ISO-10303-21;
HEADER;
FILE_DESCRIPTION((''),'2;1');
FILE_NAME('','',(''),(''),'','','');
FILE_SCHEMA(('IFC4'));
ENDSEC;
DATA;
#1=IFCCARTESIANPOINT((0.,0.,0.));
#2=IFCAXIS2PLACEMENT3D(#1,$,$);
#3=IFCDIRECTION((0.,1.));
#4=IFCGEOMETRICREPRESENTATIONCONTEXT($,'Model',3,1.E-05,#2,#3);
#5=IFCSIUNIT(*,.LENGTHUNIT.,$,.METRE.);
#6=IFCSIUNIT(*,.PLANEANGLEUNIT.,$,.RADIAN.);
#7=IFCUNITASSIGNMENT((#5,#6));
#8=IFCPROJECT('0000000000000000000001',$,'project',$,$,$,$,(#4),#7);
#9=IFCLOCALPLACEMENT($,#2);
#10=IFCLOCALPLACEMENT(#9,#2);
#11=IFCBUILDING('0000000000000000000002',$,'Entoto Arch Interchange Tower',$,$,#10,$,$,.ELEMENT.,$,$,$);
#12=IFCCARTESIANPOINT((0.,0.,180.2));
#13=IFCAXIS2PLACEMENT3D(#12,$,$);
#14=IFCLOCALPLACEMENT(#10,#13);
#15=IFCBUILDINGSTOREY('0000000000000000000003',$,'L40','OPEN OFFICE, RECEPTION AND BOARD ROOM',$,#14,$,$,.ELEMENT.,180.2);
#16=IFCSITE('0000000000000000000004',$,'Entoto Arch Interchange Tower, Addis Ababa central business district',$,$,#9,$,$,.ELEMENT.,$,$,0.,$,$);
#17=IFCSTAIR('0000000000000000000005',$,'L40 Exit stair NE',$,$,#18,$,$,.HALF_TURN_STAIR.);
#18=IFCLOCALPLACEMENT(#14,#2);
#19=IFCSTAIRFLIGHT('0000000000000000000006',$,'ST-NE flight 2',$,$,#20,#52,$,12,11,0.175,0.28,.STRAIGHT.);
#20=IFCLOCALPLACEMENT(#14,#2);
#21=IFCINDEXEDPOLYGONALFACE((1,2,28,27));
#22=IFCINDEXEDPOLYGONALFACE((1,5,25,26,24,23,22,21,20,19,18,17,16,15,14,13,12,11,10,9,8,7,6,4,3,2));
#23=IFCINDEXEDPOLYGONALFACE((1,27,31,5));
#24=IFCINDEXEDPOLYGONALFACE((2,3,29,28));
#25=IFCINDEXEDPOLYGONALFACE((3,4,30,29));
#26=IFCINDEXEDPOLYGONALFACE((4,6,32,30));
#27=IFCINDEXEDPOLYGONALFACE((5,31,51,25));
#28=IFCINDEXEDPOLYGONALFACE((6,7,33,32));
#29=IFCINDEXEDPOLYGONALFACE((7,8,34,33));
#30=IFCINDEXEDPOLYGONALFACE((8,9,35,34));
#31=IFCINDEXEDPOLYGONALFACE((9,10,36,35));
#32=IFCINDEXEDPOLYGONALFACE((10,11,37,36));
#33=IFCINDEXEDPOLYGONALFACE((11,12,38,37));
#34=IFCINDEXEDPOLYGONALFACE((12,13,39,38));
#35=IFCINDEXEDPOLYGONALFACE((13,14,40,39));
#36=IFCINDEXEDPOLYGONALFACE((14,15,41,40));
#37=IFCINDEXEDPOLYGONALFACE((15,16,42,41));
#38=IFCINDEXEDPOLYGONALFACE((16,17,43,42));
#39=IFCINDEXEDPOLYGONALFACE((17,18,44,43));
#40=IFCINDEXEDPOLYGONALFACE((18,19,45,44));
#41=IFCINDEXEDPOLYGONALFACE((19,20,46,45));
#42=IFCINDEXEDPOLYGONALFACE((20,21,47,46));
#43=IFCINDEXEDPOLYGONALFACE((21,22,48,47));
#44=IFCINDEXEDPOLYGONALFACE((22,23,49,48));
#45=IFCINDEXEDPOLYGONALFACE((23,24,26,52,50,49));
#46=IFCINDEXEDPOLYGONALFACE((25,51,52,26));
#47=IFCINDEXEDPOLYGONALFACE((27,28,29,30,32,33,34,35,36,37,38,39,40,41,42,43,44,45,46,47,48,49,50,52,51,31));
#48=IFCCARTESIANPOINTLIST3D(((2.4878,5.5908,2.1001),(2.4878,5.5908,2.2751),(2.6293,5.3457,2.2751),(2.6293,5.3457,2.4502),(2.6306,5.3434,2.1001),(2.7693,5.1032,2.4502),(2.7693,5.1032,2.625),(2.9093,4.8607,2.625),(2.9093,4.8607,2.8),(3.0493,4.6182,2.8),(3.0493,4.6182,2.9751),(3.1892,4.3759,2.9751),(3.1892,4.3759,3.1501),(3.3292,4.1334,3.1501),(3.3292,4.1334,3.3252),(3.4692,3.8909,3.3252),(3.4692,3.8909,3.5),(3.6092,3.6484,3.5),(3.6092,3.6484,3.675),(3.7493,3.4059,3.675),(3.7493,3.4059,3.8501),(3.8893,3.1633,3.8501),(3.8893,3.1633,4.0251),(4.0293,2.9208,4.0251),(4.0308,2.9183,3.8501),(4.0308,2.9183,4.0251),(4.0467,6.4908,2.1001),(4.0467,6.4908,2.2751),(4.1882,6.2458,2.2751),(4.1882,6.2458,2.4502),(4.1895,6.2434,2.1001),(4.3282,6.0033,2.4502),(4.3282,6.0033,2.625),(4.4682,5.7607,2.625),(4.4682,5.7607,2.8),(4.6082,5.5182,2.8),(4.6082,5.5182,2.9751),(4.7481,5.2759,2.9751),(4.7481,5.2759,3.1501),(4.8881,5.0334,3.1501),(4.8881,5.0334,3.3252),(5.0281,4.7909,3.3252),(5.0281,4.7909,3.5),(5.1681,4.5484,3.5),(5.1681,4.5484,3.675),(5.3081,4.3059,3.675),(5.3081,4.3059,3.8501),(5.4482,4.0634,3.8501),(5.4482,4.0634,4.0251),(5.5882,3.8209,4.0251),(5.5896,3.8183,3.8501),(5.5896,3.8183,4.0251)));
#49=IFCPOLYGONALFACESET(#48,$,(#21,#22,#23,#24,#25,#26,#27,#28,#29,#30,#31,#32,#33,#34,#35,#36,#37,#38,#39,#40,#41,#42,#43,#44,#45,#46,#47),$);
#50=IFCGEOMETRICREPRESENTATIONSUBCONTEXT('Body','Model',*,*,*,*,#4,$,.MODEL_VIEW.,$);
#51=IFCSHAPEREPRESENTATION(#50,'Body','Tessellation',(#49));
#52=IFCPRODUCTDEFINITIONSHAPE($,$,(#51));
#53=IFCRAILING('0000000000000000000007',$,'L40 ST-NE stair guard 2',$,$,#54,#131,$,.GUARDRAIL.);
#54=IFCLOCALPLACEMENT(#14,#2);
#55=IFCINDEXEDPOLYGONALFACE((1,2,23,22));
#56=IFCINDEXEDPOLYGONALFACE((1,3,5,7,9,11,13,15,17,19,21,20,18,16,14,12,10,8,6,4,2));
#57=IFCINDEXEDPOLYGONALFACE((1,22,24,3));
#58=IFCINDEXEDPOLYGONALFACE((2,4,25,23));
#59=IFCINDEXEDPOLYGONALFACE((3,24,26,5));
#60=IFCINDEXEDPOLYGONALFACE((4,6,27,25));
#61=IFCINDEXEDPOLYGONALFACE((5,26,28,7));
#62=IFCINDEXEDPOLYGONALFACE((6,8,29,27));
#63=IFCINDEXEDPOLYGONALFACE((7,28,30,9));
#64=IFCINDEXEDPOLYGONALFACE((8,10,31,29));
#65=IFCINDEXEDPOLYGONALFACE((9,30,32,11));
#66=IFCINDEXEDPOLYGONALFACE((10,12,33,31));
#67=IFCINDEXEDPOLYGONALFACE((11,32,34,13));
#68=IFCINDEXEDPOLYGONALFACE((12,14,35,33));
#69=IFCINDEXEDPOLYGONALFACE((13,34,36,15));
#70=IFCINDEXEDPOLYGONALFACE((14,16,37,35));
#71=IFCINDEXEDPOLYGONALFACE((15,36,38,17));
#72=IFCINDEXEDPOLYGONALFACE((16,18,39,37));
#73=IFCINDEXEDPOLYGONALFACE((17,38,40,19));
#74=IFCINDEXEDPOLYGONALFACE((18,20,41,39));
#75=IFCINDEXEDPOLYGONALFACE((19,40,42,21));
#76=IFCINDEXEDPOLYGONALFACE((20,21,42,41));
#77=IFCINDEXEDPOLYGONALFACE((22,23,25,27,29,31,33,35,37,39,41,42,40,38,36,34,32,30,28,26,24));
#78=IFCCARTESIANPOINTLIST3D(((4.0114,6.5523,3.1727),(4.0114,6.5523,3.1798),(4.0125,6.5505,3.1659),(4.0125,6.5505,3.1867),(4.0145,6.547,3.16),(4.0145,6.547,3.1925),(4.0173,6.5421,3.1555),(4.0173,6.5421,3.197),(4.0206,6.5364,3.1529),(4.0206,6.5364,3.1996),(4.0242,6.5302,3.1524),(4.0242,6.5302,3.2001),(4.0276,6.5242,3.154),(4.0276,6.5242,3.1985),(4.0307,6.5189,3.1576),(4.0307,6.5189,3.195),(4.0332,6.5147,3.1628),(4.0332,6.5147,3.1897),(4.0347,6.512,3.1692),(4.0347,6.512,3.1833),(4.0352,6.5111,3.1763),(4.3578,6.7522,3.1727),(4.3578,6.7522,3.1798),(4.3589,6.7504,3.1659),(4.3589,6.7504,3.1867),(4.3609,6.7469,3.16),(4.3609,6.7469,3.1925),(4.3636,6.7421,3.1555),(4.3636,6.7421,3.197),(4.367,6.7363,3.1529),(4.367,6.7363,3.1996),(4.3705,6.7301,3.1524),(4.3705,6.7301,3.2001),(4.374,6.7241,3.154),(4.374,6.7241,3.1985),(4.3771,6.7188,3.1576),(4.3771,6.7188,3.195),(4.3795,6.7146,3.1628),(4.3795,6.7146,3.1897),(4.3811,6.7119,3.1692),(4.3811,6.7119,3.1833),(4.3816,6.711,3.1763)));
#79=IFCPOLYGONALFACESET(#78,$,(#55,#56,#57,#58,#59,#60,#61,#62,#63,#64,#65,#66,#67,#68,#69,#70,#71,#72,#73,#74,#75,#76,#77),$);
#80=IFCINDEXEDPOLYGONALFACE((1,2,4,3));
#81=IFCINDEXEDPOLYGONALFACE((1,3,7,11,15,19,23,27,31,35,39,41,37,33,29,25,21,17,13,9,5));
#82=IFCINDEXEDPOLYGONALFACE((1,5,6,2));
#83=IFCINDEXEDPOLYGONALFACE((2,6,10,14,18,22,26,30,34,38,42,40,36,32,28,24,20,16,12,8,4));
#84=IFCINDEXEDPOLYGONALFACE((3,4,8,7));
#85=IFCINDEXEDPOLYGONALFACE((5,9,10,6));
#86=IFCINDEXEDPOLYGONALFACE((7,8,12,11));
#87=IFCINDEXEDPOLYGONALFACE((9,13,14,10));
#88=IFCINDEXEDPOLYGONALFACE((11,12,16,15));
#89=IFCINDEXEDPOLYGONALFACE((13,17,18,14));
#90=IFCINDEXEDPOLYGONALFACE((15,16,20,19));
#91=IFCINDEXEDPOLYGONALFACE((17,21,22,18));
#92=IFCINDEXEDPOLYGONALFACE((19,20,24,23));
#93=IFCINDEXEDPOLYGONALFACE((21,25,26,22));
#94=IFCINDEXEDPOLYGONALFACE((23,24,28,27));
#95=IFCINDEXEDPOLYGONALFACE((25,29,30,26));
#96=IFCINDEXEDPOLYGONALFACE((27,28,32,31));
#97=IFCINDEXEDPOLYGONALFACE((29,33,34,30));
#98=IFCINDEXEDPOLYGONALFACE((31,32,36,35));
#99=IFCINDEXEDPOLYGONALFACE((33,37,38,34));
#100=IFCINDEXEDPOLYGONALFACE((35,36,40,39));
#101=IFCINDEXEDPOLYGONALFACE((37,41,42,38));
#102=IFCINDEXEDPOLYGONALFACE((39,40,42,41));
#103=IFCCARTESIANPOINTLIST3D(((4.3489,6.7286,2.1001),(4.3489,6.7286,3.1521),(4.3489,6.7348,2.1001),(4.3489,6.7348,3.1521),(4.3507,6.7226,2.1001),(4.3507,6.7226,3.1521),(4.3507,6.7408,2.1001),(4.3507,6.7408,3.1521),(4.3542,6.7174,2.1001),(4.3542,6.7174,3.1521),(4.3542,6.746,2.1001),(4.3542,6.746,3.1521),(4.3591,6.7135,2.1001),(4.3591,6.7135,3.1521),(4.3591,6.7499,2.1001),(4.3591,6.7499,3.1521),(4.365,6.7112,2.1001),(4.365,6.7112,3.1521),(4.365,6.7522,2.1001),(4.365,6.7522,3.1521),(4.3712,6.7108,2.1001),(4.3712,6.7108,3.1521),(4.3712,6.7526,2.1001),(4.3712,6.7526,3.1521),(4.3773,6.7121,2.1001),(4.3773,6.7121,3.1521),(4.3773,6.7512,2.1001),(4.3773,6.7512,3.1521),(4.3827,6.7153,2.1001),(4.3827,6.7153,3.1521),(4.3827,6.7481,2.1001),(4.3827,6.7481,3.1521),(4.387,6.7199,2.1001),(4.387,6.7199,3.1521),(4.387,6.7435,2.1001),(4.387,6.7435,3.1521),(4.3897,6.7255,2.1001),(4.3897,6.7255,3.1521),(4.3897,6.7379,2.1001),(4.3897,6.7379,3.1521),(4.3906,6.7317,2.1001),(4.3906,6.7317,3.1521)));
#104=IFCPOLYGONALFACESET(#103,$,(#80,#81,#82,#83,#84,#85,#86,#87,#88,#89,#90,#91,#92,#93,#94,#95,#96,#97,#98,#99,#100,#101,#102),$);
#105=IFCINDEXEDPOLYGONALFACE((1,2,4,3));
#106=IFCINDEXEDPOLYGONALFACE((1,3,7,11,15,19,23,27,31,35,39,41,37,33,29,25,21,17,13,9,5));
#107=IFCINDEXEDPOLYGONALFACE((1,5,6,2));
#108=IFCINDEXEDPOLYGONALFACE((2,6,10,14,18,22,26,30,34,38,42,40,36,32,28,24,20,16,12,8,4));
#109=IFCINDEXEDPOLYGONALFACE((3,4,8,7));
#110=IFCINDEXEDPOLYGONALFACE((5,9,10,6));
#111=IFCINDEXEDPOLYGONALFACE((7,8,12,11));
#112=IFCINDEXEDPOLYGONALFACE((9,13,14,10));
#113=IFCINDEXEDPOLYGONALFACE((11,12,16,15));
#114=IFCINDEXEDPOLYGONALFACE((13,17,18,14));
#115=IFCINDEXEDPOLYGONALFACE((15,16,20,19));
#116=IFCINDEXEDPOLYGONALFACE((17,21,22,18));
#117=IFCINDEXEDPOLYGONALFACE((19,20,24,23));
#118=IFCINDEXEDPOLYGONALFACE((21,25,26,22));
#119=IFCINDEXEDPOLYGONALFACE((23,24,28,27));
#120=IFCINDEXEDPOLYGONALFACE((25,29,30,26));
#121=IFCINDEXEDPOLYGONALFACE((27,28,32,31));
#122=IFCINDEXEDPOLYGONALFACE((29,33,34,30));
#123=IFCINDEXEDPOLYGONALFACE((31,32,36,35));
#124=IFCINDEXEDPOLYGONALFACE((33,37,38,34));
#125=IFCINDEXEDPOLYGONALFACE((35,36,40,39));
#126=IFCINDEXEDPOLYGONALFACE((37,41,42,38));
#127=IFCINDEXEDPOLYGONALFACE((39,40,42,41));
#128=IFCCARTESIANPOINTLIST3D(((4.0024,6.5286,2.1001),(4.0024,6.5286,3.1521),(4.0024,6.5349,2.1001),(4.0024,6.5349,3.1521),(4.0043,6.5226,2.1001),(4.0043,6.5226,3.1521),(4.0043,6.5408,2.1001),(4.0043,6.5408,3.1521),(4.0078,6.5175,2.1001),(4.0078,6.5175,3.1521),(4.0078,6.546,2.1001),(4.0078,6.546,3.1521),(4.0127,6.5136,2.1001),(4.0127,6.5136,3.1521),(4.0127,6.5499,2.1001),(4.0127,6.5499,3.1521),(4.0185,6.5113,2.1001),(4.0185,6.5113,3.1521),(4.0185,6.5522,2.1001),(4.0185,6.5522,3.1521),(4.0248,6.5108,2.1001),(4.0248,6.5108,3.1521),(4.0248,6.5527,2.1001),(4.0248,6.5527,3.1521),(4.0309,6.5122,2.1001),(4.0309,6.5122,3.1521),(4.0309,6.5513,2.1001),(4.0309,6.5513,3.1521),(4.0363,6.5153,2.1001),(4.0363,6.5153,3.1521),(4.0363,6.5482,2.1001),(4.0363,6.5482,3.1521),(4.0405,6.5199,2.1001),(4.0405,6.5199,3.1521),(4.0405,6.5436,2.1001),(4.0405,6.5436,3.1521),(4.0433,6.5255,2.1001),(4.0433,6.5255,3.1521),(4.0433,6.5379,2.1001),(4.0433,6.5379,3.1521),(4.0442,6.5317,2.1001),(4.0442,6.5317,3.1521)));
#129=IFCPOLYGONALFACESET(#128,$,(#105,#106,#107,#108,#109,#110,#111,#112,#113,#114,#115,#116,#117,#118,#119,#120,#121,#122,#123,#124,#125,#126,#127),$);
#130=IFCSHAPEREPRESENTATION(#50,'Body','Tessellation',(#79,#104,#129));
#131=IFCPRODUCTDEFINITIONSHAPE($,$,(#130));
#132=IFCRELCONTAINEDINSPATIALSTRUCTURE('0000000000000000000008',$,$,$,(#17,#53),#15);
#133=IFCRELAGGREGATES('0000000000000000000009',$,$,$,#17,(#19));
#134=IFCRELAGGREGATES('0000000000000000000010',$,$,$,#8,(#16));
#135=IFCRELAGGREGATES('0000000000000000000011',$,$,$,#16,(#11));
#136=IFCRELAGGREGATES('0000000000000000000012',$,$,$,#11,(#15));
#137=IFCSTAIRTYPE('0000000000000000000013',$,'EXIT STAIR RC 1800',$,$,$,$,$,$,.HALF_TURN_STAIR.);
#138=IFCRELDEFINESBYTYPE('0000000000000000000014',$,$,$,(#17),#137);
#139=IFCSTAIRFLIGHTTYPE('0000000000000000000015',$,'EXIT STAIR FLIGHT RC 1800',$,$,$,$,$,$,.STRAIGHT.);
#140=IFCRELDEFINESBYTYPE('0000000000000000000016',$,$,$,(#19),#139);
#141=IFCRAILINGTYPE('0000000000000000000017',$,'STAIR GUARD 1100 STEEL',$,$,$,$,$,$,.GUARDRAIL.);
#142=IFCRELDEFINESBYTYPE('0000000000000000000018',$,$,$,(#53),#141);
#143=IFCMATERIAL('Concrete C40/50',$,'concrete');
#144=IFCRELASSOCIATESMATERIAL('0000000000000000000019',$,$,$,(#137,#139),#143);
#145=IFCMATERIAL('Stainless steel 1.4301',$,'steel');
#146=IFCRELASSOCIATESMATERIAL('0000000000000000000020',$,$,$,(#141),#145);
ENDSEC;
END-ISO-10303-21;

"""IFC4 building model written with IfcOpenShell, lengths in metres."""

from ifc_helpers import new_model, si_unit, direction, frame, origin, origin_2d, place, context, subcontext, project, spatial, polyline, circle, outline, extrude, material, type_object, element, aggregate, save


model = new_model("IFC4")

# Units and contexts
model_context = context("Model", 3, precision=1e-05, world=origin(), true_north=direction((0.0, 1.0)))
body_context = subcontext(model_context, "Body", "Model", "MODEL_VIEW")
ifc_project = project(units=[si_unit("LENGTHUNIT", "METRE"), si_unit("PLANEANGLEUNIT", "RADIAN")], contexts=[model_context])

# Site, building, storey
site_placement = place(None, origin())
site = spatial("IfcSite", under=ifc_project, at=site_placement, Name="Entoto Arch Interchange Tower, Addis Ababa central business district", CompositionType="ELEMENT", RefElevation=0.0)
building_placement = place(site_placement, origin())
building = spatial("IfcBuilding", under=site, at=building_placement, Name="Entoto Arch Interchange Tower", CompositionType="ELEMENT")
storey_placement = place(building_placement, frame((0.0, 0.0, 180.2)))
storey = spatial("IfcBuildingStorey", under=building, at=storey_placement, Name="L40", Description="OPEN OFFICE, RECEPTION AND BOARD ROOM", CompositionType="ELEMENT", Elevation=180.2)

# Shared definitions
ifc_material_1 = material(Name="Concrete C40/50", Category="concrete")

# Stair
stair_type = type_object("IfcStairType", Name="EXIT STAIR RC 1800", PredefinedType="HALF_TURN_STAIR", material=ifc_material_1)
stair_1_placement = place(storey_placement, origin())
stair_1 = element("IfcStair", 1, at=stair_1_placement, inside=storey, type_object=stair_type, Name="L40 Exit stair NE", PredefinedType="HALF_TURN_STAIR")

# Stair flight
stair_flight_type = type_object("IfcStairFlightType", Name="EXIT STAIR FLIGHT RC 1800", PredefinedType="STRAIGHT", material=ifc_material_1)
stair_flight_placement = place(storey_placement, frame((3.2688, 6.0383, 2.1001), z_axis=(0.0, 0.0, 1.0), x_axis=(0.5, -0.866025, 0.0)))
stair_flight = element("IfcStairFlight", 2, at=stair_flight_placement, type_object=stair_flight_type, Name="ST-NE flight 2", NumberOfRisers=12, NumberOfTreads=11, PredefinedType="STRAIGHT", RiserHeight=0.175, TreadLength=0.28, context=body_context, shape_type="SweptSolid", body=[
    extrude(outline(polyline([(-0.0029, 0.0), (-0.0029, 0.175), (0.28, 0.175), (0.28, 0.3501), (0.5601, 0.3501), (0.5601, 0.5249), (0.8401, 0.5249), (0.8401, 0.7), (1.1201, 0.7), (1.1201, 0.875), (1.3999, 0.875), (1.3999, 1.05), (1.6799, 1.05), (1.6799, 1.2251), (1.96, 1.2251), (1.96, 1.3999), (2.24, 1.3999), (2.24, 1.575), (2.52, 1.575), (2.52, 1.75), (2.8, 1.75), (2.8, 1.925), (3.0801, 1.925), (3.083, 1.925), (3.083, 1.75), (0.2827, 0.0), (-0.0029, 0.0)])), frame((0.0, 0.8999, 0.0), z_axis=(0.0, -1.0, 0.0), x_axis=(1.0, 0.0, 0.0)), (0.0, 0.0, 1.0), 1.8),
])
aggregate(stair_1, [stair_flight])

# Railing
ifc_material_2 = material(Name="Stainless steel 1.4301", Category="steel")
railing_type_1 = type_object("IfcRailingType", Name="STAIR GUARD 1100 STEEL", PredefinedType="GUARDRAIL", material=ifc_material_2)
railing_1_placement = place(storey_placement, frame((4.3696, 6.7317, 2.1001)))
element("IfcRailing", 3, at=railing_1_placement, inside=storey, type_object=railing_type_1, Name="L40 ST-NE stair guard 2", PredefinedType="GUARDRAIL", context=body_context, shape_type="SweptSolid", body=[
    extrude(circle(Radius=0.0239, at=origin_2d()), frame((0.0, 0.0, 1.0762), z_axis=(-0.866094, -0.499881, 0.0), x_axis=(0.499881, -0.866094, 0.0)), (0.0, 0.0, 1.0), 0.3999),
    extrude(circle(Radius=0.021, at=origin_2d()), origin(), (0.0, 0.0, 1.0), 1.052),
    extrude(circle(Radius=0.021, at=origin_2d()), frame((-0.3464, -0.2, 0.0)), (0.0, 0.0, 1.0), 1.052),
])

save(model, "model.ifc")
